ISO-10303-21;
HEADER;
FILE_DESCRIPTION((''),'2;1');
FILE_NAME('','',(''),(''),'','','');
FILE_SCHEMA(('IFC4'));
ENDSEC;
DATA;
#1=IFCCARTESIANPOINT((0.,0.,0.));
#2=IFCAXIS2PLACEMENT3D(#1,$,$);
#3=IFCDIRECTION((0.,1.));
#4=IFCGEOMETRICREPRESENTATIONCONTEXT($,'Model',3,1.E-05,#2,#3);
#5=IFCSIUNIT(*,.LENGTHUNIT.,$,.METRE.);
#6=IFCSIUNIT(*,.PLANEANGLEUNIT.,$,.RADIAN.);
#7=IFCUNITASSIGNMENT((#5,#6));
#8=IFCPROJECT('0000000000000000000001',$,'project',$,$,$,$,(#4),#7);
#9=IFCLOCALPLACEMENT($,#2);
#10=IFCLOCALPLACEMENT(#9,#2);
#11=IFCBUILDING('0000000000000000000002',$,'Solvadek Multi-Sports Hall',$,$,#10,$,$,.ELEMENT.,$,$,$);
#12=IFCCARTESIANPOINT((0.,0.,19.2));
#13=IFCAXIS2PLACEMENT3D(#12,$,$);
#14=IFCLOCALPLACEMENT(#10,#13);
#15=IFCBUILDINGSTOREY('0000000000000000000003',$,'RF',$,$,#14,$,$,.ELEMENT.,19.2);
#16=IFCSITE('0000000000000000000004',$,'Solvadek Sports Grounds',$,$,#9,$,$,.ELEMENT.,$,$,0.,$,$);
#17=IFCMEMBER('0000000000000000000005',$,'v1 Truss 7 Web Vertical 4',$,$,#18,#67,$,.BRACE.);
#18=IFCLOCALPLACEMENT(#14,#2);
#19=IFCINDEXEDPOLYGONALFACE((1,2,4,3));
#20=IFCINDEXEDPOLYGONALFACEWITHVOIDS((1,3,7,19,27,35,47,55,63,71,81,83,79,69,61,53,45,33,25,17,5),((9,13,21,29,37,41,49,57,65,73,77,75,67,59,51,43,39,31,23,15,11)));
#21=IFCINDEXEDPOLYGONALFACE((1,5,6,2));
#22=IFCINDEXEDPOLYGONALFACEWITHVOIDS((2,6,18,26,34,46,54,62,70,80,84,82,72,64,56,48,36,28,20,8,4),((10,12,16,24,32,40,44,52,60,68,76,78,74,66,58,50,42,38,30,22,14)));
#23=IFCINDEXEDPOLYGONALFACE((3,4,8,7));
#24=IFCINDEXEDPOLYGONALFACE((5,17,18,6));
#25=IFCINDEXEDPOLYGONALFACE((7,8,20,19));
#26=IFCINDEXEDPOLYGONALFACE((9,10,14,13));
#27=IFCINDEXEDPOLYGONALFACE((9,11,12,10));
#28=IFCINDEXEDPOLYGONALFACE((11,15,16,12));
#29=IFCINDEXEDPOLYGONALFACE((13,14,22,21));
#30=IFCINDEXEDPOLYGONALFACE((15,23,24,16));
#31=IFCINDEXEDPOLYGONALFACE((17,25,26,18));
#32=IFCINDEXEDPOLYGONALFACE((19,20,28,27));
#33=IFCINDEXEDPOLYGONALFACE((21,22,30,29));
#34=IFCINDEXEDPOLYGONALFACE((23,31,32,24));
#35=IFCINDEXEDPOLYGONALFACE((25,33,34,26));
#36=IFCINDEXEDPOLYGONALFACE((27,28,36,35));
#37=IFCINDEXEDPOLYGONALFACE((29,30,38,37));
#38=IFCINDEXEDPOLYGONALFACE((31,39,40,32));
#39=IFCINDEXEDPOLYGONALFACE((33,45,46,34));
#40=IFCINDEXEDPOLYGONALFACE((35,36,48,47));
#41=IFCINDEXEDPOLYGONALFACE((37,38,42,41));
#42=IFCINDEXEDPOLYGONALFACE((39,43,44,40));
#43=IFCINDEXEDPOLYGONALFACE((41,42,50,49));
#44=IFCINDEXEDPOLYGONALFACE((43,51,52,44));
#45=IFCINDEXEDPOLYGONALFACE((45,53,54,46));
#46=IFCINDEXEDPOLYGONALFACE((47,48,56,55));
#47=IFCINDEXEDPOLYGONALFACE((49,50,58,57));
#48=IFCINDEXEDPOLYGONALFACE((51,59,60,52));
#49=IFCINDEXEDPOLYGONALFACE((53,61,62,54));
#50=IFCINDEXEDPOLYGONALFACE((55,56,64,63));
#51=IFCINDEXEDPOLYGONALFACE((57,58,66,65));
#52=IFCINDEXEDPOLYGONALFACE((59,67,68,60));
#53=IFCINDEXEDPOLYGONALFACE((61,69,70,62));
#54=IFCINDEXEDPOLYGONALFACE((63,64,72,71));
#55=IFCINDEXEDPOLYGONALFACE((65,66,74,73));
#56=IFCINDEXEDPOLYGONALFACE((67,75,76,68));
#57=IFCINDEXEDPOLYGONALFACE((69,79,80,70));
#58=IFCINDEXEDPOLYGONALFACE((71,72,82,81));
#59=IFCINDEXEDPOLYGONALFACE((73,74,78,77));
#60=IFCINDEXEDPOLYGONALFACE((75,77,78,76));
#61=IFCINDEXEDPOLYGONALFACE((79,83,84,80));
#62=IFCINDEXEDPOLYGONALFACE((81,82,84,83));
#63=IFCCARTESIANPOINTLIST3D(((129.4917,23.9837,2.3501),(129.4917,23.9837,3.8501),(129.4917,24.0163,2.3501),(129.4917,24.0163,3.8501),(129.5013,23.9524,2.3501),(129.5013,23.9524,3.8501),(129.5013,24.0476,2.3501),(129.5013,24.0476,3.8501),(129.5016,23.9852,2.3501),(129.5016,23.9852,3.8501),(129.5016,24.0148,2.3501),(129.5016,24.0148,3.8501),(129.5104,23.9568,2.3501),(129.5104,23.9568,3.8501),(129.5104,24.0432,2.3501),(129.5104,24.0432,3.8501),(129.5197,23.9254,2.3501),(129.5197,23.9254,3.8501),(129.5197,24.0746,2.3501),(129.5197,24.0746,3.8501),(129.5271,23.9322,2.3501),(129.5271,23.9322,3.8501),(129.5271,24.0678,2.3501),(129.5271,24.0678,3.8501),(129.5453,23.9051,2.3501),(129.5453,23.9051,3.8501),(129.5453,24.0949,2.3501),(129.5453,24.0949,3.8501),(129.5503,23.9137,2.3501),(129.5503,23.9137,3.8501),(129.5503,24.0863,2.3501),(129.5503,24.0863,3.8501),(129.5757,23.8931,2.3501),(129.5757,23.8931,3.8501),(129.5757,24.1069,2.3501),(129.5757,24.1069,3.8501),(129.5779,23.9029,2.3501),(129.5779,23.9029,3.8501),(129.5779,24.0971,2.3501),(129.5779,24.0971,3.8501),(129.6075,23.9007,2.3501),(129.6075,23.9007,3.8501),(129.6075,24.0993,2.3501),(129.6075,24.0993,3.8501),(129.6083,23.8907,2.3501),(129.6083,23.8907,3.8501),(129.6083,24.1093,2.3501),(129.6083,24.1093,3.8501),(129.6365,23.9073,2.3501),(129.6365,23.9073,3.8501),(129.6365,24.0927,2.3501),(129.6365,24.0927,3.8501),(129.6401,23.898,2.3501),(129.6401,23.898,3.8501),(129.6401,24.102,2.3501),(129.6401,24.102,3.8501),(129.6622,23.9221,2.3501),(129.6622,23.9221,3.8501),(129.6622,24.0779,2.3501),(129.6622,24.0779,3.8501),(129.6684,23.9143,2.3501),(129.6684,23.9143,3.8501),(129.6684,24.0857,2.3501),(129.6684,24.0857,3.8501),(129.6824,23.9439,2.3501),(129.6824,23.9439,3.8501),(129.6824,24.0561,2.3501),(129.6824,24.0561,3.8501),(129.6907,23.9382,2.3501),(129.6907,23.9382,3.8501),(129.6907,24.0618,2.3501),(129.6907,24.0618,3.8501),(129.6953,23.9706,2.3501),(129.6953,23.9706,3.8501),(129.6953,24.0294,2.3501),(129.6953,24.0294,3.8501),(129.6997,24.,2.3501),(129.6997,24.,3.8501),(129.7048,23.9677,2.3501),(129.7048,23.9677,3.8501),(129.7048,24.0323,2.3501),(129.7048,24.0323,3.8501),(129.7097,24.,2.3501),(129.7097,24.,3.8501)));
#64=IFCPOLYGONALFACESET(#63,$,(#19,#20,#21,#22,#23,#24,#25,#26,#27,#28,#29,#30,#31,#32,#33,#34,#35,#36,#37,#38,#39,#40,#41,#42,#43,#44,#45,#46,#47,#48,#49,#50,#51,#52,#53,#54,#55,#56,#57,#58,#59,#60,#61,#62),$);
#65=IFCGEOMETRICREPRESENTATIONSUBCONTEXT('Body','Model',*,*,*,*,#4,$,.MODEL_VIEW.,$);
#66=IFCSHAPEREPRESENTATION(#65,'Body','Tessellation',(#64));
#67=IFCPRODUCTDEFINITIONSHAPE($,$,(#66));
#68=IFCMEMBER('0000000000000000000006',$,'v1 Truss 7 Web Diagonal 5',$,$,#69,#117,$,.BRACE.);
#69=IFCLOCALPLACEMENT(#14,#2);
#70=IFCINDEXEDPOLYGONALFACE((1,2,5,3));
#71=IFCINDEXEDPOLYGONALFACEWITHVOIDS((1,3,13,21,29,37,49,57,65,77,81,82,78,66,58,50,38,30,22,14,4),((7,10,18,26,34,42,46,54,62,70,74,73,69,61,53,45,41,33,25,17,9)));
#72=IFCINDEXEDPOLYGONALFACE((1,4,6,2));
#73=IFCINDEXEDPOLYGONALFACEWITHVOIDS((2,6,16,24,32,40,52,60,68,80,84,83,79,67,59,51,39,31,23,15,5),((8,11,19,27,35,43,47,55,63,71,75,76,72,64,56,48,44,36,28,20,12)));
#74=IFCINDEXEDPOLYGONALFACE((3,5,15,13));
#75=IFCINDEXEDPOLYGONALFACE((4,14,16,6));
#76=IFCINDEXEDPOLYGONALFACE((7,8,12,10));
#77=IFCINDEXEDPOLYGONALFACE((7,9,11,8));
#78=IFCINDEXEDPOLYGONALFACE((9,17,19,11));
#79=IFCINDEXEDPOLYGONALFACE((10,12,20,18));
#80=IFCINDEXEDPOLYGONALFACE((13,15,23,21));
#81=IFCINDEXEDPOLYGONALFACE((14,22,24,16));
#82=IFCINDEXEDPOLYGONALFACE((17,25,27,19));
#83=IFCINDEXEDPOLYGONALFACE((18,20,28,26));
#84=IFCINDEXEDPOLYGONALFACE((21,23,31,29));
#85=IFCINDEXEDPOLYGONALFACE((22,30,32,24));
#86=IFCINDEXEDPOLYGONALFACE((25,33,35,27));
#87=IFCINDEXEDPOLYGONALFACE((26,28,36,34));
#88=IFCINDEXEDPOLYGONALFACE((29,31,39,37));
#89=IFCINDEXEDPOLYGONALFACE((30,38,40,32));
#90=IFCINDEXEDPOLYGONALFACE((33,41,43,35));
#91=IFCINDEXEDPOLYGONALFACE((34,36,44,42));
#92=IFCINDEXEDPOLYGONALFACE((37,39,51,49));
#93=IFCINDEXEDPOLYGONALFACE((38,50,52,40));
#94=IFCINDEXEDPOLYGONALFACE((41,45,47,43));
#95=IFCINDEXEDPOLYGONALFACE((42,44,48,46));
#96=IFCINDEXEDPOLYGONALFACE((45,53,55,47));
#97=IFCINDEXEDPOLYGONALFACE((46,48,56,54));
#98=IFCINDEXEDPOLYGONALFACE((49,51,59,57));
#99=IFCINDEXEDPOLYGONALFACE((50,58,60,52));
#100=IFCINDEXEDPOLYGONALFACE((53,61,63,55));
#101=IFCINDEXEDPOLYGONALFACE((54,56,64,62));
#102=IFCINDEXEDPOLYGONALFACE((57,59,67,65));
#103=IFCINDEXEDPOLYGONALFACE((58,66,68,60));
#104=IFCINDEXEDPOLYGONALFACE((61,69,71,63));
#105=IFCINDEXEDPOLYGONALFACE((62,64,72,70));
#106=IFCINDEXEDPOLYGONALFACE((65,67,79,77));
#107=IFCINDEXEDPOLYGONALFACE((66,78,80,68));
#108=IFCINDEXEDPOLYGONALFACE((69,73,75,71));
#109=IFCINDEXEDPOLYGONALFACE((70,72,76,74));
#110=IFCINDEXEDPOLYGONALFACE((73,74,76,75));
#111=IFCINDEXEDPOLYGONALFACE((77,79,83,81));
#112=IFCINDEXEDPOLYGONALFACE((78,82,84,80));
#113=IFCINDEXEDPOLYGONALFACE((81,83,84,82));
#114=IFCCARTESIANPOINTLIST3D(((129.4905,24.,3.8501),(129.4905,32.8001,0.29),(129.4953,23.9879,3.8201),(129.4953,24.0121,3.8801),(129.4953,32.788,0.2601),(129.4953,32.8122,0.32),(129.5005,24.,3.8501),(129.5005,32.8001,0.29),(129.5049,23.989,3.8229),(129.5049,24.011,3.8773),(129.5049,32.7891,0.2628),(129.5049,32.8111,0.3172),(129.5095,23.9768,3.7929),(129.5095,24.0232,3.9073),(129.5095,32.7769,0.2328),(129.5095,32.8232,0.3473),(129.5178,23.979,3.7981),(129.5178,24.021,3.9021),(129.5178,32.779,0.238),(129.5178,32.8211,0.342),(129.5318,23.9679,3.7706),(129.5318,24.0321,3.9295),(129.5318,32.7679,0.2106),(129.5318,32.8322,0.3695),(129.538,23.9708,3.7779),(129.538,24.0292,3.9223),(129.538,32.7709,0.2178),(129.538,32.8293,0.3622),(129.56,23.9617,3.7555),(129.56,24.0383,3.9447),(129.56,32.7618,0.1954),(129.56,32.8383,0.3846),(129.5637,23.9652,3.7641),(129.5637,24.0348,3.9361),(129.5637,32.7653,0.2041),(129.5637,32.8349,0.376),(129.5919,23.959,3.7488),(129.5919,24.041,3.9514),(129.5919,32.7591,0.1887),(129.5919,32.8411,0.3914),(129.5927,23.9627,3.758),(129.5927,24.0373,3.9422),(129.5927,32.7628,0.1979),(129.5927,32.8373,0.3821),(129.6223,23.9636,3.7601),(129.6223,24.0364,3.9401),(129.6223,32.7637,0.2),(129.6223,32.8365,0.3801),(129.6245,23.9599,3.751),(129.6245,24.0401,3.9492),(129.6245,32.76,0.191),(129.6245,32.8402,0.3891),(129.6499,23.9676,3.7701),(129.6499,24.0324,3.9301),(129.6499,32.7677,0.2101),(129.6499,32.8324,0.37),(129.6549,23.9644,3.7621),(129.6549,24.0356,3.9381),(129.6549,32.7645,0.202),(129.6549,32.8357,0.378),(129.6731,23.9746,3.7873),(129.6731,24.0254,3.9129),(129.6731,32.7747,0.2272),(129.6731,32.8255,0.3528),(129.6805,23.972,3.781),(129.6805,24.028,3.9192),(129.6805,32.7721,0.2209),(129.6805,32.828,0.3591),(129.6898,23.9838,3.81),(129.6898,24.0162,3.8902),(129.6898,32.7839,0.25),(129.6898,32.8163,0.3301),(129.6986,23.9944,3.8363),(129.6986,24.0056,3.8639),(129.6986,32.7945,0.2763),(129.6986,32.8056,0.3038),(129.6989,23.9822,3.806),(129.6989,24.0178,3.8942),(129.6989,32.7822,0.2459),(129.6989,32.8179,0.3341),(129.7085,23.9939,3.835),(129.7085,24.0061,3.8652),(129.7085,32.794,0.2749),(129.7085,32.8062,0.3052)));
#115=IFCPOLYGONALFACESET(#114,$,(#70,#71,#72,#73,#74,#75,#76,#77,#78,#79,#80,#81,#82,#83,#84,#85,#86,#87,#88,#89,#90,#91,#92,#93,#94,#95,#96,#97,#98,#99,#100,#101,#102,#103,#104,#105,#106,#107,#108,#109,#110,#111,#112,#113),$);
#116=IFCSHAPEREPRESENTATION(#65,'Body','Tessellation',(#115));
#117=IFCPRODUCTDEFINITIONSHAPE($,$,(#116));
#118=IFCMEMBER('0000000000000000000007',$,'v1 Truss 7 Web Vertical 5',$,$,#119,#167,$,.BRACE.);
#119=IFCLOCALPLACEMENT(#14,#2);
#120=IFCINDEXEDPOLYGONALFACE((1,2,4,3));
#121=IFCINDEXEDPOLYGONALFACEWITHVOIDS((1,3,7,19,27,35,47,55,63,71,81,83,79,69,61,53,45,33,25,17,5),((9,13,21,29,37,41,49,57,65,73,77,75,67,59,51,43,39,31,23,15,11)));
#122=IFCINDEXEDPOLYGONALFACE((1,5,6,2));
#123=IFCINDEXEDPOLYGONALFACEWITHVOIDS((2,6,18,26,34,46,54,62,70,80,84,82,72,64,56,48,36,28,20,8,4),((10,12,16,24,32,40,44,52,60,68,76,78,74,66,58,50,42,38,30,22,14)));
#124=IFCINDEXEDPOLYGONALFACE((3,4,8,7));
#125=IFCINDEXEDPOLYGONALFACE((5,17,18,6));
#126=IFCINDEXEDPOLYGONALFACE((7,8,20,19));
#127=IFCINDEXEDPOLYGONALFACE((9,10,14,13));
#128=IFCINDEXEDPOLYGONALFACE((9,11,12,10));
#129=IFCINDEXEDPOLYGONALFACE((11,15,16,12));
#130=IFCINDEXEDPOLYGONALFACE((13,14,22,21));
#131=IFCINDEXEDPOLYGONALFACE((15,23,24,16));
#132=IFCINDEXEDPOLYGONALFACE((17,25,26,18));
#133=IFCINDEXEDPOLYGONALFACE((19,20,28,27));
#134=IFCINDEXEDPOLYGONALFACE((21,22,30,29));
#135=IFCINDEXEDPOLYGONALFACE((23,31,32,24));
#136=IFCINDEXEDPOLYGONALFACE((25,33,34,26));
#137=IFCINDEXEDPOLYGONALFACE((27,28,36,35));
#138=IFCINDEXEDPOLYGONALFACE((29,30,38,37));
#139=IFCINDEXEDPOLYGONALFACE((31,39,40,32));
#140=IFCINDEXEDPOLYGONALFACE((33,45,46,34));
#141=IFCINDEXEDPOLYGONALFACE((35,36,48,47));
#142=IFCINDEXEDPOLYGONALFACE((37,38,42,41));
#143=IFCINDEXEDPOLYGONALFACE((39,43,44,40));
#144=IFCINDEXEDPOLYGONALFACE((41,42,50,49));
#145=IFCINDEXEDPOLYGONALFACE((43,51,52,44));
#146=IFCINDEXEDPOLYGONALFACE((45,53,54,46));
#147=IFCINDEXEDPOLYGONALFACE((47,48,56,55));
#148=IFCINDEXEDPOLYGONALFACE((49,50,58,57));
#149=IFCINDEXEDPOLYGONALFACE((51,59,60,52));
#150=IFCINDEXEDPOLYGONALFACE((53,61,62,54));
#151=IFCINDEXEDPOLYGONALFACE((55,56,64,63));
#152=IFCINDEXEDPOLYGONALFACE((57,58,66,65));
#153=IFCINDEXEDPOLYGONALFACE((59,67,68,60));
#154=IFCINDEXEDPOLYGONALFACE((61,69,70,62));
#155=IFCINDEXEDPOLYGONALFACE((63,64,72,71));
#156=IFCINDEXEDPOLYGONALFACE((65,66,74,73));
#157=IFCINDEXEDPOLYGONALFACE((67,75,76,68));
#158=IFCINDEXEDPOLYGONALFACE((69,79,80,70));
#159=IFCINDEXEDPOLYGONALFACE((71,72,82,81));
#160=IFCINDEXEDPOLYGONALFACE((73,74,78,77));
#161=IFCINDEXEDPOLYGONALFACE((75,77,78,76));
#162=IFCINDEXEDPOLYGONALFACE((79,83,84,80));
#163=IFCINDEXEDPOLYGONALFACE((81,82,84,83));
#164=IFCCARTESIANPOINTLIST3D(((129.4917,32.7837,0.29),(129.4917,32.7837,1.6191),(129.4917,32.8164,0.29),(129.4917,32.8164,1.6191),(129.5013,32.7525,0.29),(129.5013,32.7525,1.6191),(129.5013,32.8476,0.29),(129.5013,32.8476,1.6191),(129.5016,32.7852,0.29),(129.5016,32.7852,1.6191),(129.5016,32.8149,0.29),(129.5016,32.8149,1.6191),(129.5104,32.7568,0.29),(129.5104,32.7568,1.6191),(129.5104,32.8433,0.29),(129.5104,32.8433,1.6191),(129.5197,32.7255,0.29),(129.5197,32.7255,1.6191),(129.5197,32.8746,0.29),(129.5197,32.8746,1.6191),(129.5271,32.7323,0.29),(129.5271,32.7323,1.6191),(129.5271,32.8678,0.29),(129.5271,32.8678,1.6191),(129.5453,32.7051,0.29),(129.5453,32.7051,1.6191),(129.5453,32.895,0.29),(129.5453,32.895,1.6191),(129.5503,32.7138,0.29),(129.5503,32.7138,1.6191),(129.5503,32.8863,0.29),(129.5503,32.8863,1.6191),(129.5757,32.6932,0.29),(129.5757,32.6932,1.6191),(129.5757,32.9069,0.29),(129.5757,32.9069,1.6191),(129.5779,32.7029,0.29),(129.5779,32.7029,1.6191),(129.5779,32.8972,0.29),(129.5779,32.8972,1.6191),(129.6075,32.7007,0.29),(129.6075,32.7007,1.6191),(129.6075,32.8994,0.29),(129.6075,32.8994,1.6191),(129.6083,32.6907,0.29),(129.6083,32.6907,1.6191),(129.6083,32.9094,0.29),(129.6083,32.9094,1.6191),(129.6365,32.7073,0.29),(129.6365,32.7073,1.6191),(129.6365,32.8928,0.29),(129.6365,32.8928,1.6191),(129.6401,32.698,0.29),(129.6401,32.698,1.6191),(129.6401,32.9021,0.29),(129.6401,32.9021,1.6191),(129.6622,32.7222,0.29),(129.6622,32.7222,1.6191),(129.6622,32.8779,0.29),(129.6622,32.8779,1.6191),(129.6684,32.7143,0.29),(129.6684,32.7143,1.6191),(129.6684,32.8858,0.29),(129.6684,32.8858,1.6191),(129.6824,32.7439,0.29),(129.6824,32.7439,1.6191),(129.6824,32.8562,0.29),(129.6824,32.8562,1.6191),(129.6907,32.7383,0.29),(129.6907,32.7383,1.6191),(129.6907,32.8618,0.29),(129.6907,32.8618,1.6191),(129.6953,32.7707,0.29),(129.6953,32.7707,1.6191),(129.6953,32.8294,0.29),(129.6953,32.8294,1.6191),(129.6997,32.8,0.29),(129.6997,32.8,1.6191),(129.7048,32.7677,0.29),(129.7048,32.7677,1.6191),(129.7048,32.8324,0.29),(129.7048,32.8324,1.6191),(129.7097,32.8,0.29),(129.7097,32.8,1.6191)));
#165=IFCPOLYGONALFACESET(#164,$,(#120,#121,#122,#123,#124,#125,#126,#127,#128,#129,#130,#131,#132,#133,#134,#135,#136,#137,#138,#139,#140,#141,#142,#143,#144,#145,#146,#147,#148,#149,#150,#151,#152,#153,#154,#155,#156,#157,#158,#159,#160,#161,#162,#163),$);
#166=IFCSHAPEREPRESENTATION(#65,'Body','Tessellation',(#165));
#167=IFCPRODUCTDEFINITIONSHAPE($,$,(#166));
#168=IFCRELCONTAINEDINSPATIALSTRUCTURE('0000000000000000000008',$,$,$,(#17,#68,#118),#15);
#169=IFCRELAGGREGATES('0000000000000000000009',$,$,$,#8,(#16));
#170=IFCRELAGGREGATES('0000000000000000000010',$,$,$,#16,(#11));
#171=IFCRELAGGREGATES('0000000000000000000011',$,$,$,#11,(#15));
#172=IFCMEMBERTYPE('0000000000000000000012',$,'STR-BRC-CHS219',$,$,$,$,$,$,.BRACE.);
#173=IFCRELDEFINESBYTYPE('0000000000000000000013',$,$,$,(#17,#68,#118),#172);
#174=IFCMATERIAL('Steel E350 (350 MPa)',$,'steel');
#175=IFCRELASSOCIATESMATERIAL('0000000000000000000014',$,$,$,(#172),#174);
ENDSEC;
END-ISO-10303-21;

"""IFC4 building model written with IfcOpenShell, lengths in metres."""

from ifc_helpers import new_model, si_unit, direction, frame, origin, origin_2d, place, context, subcontext, project, spatial, hollow_circle, extrude, material, material_profile, profile_set, type_object, element, save


model = new_model("IFC4")

# Units and contexts
model_context = context("Model", 3, precision=1e-05, world=origin(), true_north=direction((0.0, 1.0)))
body_context = subcontext(model_context, "Body", "Model", "MODEL_VIEW")
ifc_project = project(units=[si_unit("LENGTHUNIT", "METRE"), si_unit("PLANEANGLEUNIT", "RADIAN")], contexts=[model_context])

# Site, building, storey
site_placement = place(None, origin())
site = spatial("IfcSite", under=ifc_project, at=site_placement, Name="Solvadek Sports Grounds", CompositionType="ELEMENT", RefElevation=0.0)
building_placement = place(site_placement, origin())
building = spatial("IfcBuilding", under=site, at=building_placement, Name="Solvadek Multi-Sports Hall", CompositionType="ELEMENT")
storey_placement = place(building_placement, frame((0.0, 0.0, 19.2)))
storey = spatial("IfcBuildingStorey", under=building, at=storey_placement, Name="RF", CompositionType="ELEMENT", Elevation=19.2)

# Members
ifc_material_1 = material(Name="Steel E350 (350 MPa)", Category="steel")
ifc_material_profile_1 = material_profile(ifc_material_1, hollow_circle(Radius=0.1096, WallThickness=0.01, at=origin_2d()), Name="CHS 219.1x10")
ifc_profile_set_1 = profile_set([ifc_material_profile_1], Name="Steel E350 (350 MPa)")
member_type_1 = type_object("IfcMemberType", Name="STR-BRC-CHS219", PredefinedType="BRACE", material=ifc_profile_set_1)
member_1_placement = place(storey_placement, frame((129.6001, 24.0, 2.3501), z_axis=(0.0, 0.0, 1.0), x_axis=(1.0, 0.0, 0.0)))
element("IfcMember", 1, at=member_1_placement, inside=storey, type_object=member_type_1, Name="v1 Truss 7 Web Vertical 4", PredefinedType="BRACE", context=body_context, shape_type="SweptSolid", body=[
    extrude(hollow_circle(Radius=0.1096, WallThickness=0.01, at=origin_2d()), origin(), (0.0, 0.0, 1.0), 1.5),
])
member_2_placement = place(storey_placement, frame((129.6001, 24.0, 3.8501), z_axis=(0.0, 0.927015, -0.375024), x_axis=(-1.0, 0.0, 0.0)))
element("IfcMember", 2, at=member_2_placement, inside=storey, type_object=member_type_1, Name="v1 Truss 7 Web Diagonal 5", PredefinedType="BRACE", context=body_context, shape_type="SweptSolid", body=[
    extrude(hollow_circle(Radius=0.1096, WallThickness=0.01, at=origin_2d()), origin(), (0.0, 0.0, 1.0), 9.4929),
])
member_3_placement = place(storey_placement, frame((129.6001, 32.8, 0.29), z_axis=(0.0, 0.0, 1.0), x_axis=(1.0, 0.0, 0.0)))
element("IfcMember", 3, at=member_3_placement, inside=storey, type_object=member_type_1, Name="v1 Truss 7 Web Vertical 5", PredefinedType="BRACE", context=body_context, shape_type="SweptSolid", body=[
    extrude(hollow_circle(Radius=0.1096, WallThickness=0.01, at=origin_2d()), origin(), (0.0, 0.0, 1.0), 1.3291),
])

save(model, "model.ifc")
